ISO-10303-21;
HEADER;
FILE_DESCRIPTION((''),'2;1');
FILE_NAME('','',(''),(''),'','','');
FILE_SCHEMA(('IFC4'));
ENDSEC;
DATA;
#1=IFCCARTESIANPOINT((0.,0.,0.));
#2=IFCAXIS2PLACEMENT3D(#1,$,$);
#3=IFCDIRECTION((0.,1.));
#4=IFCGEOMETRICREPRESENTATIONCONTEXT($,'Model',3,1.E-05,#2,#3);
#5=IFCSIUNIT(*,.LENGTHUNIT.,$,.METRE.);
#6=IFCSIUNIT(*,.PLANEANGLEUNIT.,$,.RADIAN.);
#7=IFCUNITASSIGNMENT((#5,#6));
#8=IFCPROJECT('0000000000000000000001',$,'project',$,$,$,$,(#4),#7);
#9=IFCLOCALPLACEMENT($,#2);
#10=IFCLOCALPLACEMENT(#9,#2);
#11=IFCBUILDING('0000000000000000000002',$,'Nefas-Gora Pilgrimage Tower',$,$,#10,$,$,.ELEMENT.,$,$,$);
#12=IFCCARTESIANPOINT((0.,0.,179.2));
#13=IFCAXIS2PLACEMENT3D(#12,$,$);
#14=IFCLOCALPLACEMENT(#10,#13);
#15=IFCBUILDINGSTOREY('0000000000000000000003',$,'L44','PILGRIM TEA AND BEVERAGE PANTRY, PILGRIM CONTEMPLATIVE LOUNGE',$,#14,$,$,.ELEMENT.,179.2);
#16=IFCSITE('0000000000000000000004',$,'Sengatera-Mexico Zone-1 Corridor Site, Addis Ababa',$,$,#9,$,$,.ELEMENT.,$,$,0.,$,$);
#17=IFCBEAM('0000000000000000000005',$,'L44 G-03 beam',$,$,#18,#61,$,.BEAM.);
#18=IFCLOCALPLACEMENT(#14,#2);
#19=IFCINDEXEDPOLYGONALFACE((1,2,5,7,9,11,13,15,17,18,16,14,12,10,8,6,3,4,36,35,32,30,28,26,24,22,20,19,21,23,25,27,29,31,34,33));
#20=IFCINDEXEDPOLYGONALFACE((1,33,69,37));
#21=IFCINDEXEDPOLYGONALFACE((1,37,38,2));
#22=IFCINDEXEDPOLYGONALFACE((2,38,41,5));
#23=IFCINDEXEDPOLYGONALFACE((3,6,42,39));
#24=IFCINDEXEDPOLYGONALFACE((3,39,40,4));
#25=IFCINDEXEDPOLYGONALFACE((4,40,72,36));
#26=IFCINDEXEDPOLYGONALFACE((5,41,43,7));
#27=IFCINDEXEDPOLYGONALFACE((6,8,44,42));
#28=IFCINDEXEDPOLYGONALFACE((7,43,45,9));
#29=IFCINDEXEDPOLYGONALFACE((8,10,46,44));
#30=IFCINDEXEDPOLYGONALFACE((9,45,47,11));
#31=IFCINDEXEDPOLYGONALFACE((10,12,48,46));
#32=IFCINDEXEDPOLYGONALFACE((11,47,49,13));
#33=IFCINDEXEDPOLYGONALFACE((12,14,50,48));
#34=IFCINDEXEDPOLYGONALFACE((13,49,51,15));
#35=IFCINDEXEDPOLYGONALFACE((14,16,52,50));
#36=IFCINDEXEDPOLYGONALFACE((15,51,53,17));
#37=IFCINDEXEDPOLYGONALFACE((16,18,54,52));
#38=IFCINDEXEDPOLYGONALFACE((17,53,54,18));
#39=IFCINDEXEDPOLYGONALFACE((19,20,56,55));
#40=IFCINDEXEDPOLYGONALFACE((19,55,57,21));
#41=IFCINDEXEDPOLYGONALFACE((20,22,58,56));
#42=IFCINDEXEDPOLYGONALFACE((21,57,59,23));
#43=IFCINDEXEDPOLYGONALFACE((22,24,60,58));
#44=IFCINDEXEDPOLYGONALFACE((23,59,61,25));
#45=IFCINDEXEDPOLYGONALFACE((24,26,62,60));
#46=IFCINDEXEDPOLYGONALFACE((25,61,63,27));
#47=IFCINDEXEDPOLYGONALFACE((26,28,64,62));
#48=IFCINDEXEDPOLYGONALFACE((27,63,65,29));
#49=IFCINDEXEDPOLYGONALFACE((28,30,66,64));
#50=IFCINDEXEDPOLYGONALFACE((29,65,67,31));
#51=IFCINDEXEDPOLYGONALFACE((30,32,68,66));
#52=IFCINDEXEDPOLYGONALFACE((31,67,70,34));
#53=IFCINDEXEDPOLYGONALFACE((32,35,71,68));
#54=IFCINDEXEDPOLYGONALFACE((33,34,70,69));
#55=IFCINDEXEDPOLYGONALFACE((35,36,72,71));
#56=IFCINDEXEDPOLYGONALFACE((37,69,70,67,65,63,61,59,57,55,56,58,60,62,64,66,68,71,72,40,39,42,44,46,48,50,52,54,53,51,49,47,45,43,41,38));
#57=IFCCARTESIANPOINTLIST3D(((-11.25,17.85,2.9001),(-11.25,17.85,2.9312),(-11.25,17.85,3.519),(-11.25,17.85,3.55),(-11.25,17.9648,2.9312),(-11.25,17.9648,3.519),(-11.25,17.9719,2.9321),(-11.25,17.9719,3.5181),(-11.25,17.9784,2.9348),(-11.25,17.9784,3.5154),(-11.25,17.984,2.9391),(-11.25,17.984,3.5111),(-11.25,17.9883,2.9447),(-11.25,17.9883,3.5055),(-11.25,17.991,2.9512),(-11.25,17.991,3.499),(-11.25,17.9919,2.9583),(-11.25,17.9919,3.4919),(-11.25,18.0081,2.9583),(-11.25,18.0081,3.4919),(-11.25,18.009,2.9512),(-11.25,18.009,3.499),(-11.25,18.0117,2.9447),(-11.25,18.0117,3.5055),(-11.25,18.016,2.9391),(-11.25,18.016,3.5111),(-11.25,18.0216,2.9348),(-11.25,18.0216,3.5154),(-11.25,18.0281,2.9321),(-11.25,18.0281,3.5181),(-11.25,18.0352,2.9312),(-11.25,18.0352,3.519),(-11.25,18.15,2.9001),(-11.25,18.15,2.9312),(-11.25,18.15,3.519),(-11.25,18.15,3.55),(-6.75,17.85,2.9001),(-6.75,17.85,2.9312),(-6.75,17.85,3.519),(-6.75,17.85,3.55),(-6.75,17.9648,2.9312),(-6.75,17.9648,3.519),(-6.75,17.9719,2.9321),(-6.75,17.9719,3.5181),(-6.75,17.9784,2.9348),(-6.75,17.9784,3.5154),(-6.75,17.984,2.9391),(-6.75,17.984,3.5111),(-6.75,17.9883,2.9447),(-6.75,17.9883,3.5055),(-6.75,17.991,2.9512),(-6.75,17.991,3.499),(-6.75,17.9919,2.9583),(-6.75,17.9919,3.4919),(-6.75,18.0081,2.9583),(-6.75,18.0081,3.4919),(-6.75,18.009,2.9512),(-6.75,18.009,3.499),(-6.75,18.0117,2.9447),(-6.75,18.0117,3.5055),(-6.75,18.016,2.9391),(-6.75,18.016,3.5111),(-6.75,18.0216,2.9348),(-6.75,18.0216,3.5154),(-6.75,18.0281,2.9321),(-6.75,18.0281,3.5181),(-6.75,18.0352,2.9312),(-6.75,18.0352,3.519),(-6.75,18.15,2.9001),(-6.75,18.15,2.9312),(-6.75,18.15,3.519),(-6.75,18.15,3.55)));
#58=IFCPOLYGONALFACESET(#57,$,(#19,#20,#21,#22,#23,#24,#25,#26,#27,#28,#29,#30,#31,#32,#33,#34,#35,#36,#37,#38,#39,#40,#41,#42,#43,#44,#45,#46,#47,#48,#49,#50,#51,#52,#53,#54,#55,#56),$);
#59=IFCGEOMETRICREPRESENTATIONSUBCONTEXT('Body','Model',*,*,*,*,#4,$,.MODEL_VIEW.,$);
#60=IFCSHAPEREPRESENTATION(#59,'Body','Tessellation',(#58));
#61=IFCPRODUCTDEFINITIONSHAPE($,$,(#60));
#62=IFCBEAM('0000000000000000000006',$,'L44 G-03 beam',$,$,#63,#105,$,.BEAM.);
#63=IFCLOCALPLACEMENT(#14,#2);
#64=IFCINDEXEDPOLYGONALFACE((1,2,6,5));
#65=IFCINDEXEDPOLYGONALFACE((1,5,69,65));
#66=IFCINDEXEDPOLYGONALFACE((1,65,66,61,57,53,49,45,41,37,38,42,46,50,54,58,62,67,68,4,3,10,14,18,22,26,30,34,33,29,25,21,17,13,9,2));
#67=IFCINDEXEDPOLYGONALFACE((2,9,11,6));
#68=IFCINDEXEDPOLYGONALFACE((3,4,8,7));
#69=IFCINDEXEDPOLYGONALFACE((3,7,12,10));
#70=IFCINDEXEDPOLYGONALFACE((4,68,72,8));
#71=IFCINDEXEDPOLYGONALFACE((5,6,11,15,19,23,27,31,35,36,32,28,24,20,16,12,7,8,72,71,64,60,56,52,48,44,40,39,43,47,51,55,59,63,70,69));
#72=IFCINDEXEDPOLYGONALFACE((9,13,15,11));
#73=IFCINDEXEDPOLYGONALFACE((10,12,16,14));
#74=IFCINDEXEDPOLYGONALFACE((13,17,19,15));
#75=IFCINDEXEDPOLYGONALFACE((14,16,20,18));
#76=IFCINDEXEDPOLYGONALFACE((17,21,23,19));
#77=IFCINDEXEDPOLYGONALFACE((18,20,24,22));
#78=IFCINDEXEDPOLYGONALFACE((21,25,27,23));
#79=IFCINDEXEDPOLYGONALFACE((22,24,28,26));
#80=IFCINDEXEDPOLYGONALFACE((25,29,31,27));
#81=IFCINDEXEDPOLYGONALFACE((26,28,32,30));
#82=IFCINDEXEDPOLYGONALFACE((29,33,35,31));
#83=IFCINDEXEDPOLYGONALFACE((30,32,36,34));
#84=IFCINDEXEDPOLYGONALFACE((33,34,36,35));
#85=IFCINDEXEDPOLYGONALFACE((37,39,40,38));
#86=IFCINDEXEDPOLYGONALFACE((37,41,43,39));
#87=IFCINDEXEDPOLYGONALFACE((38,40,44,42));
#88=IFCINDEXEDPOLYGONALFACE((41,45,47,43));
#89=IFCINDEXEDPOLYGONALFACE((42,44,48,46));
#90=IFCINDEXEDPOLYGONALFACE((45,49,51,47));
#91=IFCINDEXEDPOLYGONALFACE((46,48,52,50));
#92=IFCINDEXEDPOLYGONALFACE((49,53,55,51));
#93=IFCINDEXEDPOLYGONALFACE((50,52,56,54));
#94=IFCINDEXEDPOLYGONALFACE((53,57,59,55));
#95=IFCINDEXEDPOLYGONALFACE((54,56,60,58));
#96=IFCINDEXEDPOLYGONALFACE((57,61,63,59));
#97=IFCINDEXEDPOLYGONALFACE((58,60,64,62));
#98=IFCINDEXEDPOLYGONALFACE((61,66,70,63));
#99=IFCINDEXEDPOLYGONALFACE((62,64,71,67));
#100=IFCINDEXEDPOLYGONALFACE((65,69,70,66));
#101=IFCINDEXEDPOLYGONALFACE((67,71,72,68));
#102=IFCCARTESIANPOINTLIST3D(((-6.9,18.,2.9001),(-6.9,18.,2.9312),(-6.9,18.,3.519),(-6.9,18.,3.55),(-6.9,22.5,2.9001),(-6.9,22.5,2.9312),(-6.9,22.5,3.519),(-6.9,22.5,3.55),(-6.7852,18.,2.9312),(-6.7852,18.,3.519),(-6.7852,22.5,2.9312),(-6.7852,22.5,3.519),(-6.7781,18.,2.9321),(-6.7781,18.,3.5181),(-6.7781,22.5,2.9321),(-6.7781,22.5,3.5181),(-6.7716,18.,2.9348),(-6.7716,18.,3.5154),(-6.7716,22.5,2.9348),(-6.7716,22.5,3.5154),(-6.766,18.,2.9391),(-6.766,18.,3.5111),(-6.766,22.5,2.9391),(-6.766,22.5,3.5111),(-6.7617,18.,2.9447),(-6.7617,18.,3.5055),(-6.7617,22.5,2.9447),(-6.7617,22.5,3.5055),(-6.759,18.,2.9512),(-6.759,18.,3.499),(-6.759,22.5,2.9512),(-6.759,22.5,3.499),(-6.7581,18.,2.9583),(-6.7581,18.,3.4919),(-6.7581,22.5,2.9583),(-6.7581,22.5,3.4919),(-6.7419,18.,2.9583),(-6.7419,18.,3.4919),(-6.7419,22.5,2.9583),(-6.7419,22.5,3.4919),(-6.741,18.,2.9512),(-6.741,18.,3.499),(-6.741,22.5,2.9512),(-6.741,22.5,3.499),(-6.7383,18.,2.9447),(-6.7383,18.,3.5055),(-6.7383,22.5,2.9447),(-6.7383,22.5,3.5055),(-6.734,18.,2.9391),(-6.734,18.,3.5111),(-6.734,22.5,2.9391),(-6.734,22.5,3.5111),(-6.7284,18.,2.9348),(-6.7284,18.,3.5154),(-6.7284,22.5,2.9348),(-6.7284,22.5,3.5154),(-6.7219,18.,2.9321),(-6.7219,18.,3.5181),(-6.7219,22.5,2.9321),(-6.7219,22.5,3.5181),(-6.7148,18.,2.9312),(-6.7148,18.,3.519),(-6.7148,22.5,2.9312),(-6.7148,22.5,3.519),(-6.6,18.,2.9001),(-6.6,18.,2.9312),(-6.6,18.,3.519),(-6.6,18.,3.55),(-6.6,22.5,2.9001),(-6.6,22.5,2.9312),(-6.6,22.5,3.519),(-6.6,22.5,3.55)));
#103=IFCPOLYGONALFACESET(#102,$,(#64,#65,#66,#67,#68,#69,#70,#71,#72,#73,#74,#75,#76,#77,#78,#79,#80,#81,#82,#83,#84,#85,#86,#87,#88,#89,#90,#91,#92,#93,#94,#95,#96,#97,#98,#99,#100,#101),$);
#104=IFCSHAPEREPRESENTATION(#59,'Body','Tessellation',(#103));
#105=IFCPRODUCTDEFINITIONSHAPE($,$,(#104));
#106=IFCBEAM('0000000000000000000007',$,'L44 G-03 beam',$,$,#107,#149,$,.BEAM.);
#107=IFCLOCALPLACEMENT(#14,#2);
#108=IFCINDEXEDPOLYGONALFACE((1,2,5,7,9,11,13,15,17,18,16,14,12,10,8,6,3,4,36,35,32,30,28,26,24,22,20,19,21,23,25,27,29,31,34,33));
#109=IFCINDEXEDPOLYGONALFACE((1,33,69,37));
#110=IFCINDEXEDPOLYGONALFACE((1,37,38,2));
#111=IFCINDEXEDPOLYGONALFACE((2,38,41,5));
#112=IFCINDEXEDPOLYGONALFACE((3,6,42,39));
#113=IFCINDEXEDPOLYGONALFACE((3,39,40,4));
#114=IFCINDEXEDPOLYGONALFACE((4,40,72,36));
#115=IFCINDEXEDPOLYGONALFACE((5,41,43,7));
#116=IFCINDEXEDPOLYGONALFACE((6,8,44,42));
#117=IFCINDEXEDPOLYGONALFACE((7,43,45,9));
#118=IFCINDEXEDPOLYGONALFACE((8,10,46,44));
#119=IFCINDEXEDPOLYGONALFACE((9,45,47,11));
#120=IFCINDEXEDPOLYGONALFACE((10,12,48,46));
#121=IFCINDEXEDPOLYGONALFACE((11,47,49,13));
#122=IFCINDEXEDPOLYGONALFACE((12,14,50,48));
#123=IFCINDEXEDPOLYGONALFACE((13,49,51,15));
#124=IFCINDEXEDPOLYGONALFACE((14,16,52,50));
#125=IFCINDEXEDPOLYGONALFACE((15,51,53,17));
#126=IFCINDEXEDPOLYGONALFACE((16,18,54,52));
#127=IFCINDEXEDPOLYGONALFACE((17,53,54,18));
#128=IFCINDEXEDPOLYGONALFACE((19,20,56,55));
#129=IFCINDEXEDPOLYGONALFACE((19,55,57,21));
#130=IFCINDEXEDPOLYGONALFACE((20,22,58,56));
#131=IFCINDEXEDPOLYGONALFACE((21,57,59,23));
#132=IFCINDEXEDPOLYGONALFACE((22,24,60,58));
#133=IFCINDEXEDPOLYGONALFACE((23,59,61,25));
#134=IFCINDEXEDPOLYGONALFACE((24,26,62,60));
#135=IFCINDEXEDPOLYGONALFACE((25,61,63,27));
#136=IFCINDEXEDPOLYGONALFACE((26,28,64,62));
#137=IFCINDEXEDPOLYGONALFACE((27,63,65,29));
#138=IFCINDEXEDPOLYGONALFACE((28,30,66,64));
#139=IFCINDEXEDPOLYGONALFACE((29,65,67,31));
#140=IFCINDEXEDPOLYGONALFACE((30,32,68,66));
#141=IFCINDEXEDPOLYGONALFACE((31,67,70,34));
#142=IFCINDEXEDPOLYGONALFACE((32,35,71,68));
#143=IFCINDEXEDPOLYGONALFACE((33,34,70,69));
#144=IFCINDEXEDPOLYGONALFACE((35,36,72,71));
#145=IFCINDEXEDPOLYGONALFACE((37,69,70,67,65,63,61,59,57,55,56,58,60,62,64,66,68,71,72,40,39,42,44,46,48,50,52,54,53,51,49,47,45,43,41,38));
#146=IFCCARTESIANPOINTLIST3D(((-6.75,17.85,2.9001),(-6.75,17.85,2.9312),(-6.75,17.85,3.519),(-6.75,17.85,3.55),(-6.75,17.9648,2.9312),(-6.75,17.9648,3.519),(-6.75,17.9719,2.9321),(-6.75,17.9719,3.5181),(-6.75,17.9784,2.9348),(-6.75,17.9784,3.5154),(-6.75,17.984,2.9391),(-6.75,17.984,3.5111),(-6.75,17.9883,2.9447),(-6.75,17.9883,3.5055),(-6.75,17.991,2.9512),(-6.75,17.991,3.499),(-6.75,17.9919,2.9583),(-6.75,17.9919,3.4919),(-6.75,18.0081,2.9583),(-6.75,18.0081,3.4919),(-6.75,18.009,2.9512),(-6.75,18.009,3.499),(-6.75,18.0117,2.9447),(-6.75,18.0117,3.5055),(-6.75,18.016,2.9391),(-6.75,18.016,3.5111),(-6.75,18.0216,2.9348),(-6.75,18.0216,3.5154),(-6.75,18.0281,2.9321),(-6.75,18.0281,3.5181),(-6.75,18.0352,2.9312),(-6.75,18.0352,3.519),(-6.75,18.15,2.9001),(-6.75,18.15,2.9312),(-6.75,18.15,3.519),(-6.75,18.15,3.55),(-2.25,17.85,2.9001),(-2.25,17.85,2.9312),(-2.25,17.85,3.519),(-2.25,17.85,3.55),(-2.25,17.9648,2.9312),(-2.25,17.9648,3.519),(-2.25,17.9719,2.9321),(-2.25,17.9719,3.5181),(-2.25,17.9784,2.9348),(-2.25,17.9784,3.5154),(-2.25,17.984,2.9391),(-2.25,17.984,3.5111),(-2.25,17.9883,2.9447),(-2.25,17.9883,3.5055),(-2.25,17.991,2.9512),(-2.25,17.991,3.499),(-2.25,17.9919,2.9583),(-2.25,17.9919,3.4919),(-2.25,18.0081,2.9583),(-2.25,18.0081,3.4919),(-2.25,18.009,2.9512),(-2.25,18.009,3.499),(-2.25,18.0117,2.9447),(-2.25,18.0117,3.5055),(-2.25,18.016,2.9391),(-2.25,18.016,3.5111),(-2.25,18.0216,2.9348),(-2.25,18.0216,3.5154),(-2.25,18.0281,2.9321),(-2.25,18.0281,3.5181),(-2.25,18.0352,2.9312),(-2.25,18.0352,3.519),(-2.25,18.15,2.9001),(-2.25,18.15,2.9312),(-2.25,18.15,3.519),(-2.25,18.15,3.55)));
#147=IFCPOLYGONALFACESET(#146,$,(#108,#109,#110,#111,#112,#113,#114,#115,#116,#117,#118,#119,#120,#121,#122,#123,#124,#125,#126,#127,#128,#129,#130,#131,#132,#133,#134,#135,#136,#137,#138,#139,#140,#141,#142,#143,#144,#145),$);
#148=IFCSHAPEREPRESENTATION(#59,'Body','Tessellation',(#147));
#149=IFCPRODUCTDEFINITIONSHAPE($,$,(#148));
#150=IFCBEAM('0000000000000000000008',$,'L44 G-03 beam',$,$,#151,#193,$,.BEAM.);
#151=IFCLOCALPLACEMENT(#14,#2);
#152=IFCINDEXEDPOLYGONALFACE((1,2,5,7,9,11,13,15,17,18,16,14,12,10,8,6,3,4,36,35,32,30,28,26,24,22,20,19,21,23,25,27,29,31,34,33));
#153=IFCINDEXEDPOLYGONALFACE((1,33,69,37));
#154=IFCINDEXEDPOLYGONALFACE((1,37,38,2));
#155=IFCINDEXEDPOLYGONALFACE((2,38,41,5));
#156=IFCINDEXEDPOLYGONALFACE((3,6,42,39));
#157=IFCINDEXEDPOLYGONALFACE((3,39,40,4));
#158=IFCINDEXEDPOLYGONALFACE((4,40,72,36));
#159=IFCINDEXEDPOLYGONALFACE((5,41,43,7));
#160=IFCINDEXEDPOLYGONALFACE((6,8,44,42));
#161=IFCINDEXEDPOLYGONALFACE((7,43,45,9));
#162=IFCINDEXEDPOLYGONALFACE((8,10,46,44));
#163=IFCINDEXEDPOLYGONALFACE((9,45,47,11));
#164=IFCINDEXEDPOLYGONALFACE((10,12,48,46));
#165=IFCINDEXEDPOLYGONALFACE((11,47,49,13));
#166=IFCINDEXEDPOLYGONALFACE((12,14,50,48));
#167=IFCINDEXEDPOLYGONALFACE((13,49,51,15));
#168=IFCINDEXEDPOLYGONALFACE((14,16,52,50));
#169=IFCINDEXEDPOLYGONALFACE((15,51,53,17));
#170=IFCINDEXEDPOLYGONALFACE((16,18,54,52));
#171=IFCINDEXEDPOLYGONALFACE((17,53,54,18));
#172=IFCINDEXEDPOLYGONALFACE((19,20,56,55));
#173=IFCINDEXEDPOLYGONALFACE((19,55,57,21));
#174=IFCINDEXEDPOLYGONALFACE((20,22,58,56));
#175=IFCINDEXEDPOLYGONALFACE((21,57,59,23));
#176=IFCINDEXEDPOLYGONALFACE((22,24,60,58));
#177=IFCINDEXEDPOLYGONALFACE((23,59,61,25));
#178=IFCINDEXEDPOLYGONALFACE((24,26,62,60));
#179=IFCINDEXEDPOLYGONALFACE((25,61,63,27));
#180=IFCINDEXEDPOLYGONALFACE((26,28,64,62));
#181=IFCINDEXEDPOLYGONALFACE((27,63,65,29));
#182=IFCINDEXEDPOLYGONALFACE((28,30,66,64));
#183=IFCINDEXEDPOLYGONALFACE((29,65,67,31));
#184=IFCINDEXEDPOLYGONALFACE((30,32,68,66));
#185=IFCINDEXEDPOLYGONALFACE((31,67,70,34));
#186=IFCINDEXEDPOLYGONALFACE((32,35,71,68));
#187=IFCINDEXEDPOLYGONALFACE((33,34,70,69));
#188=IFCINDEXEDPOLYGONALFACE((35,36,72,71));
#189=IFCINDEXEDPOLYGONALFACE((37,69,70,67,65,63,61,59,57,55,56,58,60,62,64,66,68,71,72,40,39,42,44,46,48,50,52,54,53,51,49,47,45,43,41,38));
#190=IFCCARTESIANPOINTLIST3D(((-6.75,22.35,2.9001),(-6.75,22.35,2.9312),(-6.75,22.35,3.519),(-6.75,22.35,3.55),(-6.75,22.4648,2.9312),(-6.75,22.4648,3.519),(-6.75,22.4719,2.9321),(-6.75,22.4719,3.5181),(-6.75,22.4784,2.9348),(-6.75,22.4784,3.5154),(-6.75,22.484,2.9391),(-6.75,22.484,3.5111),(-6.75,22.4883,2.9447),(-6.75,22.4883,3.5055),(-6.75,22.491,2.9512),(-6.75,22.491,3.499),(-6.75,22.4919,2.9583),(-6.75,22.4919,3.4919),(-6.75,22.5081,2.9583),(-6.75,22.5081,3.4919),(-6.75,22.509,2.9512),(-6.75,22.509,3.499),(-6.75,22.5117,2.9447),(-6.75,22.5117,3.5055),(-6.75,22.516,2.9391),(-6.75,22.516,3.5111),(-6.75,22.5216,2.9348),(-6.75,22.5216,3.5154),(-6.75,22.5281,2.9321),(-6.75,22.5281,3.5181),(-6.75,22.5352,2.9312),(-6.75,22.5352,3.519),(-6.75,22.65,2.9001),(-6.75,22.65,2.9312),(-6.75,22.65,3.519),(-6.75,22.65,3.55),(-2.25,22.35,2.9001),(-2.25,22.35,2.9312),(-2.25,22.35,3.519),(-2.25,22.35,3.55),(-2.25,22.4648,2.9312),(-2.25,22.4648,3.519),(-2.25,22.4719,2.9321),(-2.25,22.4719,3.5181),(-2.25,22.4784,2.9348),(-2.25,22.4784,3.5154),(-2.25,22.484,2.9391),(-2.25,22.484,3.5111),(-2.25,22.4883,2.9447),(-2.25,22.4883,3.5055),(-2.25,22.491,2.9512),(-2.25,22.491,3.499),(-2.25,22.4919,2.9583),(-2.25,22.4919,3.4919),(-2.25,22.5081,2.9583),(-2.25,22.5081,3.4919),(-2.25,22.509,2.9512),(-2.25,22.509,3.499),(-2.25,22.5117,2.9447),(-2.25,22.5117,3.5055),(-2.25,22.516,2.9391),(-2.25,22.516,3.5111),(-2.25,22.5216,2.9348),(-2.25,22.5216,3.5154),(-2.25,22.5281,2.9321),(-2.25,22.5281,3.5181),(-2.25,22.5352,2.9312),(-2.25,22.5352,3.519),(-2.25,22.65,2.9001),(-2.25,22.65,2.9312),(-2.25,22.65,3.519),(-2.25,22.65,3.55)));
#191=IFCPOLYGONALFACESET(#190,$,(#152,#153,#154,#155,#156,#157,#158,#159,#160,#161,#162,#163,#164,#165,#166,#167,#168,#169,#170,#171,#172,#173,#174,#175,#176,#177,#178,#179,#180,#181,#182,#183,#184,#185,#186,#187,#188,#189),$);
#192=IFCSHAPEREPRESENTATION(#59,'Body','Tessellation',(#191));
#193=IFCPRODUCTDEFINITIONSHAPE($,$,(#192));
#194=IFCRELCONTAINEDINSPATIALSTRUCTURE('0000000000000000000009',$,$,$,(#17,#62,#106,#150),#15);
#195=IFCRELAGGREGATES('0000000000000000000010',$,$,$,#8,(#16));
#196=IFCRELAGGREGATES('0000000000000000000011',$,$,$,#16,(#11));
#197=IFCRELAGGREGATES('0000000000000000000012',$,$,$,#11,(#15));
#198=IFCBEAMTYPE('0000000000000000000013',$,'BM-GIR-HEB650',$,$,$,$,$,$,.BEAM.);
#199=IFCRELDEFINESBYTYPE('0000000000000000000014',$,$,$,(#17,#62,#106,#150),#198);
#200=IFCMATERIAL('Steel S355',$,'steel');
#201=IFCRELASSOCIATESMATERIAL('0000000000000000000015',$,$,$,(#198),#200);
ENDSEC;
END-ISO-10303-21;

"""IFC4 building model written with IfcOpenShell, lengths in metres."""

from ifc_helpers import new_model, si_unit, direction, frame, origin, origin_2d, place, context, subcontext, project, spatial, i_section, extrude, source, transform, mapped, material, material_profile, profile_set, type_object, element, save


model = new_model("IFC4")

# Units and contexts
model_context = context("Model", 3, precision=1e-05, world=origin(), true_north=direction((0.0, 1.0)))
body_context = subcontext(model_context, "Body", "Model", "MODEL_VIEW")
ifc_project = project(units=[si_unit("LENGTHUNIT", "METRE"), si_unit("PLANEANGLEUNIT", "RADIAN")], contexts=[model_context])

# Site, building, storey
site_placement = place(None, origin())
site = spatial("IfcSite", under=ifc_project, at=site_placement, Name="Sengatera-Mexico Zone-1 Corridor Site, Addis Ababa", CompositionType="ELEMENT", RefElevation=0.0)
building_placement = place(site_placement, origin())
building = spatial("IfcBuilding", under=site, at=building_placement, Name="Nefas-Gora Pilgrimage Tower", CompositionType="ELEMENT")
storey_placement = place(building_placement, frame((0.0, 0.0, 179.2)))
storey = spatial("IfcBuildingStorey", under=building, at=storey_placement, Name="L44", Description="PILGRIM TEA AND BEVERAGE PANTRY, PILGRIM CONTEMPLATIVE LOUNGE", CompositionType="ELEMENT", Elevation=179.2)

# Beams
ifc_material_1 = material(Name="Steel S355", Category="steel")
ifc_material_profile_1 = material_profile(ifc_material_1, i_section(OverallWidth=0.3, OverallDepth=0.6499, WebThickness=0.0161, FlangeThickness=0.031, FilletRadius=0.0271, at=origin_2d()), Name="HEB 650")
ifc_profile_set_1 = profile_set([ifc_material_profile_1], Name="Steel S355")
beam_type_1 = type_object("IfcBeamType", Name="BM-GIR-HEB650", PredefinedType="BEAM", material=ifc_profile_set_1)
shared_shape_1 = source(origin(), body_context, "Body", "SweptSolid", [
    extrude(i_section(OverallWidth=0.3, OverallDepth=0.6499, WebThickness=0.0161, FlangeThickness=0.031, FilletRadius=0.0271, at=origin_2d()), origin(), (0.0, 0.0, 1.0), 4.5),
])
for number, where, z_axis, x_axis, name in (
    (1, (-11.25, 18.0, 3.2251), (1.0, 0.0, 0.0), (0.0, 1.0, 0.0), "L44 G-03 beam"),
    (2, (-6.75, 18.0, 3.2251), (0.0, 1.0, 0.0), (-1.0, 0.0, 0.0), "L44 G-03 beam"),
    (3, (-6.75, 18.0, 3.2251), (1.0, 0.0, 0.0), (0.0, 1.0, 0.0), "L44 G-03 beam"),
    (4, (-6.75, 22.5, 3.2251), (1.0, 0.0, 0.0), (0.0, 1.0, 0.0), "L44 G-03 beam"),
):
    element("IfcBeam", number, at=place(storey_placement, frame(where, z_axis=z_axis, x_axis=x_axis)), inside=storey, type_object=beam_type_1, Name=name, PredefinedType="BEAM", context=body_context, shape_type="MappedRepresentation", body=[
        mapped(shared_shape_1, transform((0.0, 0.0, 0.0), x_axis=(1.0, 0.0, 0.0), y_axis=(0.0, 1.0, 0.0), z_axis=(0.0, 0.0, 1.0), scale=1.0)),
    ])

save(model, "model.ifc")
